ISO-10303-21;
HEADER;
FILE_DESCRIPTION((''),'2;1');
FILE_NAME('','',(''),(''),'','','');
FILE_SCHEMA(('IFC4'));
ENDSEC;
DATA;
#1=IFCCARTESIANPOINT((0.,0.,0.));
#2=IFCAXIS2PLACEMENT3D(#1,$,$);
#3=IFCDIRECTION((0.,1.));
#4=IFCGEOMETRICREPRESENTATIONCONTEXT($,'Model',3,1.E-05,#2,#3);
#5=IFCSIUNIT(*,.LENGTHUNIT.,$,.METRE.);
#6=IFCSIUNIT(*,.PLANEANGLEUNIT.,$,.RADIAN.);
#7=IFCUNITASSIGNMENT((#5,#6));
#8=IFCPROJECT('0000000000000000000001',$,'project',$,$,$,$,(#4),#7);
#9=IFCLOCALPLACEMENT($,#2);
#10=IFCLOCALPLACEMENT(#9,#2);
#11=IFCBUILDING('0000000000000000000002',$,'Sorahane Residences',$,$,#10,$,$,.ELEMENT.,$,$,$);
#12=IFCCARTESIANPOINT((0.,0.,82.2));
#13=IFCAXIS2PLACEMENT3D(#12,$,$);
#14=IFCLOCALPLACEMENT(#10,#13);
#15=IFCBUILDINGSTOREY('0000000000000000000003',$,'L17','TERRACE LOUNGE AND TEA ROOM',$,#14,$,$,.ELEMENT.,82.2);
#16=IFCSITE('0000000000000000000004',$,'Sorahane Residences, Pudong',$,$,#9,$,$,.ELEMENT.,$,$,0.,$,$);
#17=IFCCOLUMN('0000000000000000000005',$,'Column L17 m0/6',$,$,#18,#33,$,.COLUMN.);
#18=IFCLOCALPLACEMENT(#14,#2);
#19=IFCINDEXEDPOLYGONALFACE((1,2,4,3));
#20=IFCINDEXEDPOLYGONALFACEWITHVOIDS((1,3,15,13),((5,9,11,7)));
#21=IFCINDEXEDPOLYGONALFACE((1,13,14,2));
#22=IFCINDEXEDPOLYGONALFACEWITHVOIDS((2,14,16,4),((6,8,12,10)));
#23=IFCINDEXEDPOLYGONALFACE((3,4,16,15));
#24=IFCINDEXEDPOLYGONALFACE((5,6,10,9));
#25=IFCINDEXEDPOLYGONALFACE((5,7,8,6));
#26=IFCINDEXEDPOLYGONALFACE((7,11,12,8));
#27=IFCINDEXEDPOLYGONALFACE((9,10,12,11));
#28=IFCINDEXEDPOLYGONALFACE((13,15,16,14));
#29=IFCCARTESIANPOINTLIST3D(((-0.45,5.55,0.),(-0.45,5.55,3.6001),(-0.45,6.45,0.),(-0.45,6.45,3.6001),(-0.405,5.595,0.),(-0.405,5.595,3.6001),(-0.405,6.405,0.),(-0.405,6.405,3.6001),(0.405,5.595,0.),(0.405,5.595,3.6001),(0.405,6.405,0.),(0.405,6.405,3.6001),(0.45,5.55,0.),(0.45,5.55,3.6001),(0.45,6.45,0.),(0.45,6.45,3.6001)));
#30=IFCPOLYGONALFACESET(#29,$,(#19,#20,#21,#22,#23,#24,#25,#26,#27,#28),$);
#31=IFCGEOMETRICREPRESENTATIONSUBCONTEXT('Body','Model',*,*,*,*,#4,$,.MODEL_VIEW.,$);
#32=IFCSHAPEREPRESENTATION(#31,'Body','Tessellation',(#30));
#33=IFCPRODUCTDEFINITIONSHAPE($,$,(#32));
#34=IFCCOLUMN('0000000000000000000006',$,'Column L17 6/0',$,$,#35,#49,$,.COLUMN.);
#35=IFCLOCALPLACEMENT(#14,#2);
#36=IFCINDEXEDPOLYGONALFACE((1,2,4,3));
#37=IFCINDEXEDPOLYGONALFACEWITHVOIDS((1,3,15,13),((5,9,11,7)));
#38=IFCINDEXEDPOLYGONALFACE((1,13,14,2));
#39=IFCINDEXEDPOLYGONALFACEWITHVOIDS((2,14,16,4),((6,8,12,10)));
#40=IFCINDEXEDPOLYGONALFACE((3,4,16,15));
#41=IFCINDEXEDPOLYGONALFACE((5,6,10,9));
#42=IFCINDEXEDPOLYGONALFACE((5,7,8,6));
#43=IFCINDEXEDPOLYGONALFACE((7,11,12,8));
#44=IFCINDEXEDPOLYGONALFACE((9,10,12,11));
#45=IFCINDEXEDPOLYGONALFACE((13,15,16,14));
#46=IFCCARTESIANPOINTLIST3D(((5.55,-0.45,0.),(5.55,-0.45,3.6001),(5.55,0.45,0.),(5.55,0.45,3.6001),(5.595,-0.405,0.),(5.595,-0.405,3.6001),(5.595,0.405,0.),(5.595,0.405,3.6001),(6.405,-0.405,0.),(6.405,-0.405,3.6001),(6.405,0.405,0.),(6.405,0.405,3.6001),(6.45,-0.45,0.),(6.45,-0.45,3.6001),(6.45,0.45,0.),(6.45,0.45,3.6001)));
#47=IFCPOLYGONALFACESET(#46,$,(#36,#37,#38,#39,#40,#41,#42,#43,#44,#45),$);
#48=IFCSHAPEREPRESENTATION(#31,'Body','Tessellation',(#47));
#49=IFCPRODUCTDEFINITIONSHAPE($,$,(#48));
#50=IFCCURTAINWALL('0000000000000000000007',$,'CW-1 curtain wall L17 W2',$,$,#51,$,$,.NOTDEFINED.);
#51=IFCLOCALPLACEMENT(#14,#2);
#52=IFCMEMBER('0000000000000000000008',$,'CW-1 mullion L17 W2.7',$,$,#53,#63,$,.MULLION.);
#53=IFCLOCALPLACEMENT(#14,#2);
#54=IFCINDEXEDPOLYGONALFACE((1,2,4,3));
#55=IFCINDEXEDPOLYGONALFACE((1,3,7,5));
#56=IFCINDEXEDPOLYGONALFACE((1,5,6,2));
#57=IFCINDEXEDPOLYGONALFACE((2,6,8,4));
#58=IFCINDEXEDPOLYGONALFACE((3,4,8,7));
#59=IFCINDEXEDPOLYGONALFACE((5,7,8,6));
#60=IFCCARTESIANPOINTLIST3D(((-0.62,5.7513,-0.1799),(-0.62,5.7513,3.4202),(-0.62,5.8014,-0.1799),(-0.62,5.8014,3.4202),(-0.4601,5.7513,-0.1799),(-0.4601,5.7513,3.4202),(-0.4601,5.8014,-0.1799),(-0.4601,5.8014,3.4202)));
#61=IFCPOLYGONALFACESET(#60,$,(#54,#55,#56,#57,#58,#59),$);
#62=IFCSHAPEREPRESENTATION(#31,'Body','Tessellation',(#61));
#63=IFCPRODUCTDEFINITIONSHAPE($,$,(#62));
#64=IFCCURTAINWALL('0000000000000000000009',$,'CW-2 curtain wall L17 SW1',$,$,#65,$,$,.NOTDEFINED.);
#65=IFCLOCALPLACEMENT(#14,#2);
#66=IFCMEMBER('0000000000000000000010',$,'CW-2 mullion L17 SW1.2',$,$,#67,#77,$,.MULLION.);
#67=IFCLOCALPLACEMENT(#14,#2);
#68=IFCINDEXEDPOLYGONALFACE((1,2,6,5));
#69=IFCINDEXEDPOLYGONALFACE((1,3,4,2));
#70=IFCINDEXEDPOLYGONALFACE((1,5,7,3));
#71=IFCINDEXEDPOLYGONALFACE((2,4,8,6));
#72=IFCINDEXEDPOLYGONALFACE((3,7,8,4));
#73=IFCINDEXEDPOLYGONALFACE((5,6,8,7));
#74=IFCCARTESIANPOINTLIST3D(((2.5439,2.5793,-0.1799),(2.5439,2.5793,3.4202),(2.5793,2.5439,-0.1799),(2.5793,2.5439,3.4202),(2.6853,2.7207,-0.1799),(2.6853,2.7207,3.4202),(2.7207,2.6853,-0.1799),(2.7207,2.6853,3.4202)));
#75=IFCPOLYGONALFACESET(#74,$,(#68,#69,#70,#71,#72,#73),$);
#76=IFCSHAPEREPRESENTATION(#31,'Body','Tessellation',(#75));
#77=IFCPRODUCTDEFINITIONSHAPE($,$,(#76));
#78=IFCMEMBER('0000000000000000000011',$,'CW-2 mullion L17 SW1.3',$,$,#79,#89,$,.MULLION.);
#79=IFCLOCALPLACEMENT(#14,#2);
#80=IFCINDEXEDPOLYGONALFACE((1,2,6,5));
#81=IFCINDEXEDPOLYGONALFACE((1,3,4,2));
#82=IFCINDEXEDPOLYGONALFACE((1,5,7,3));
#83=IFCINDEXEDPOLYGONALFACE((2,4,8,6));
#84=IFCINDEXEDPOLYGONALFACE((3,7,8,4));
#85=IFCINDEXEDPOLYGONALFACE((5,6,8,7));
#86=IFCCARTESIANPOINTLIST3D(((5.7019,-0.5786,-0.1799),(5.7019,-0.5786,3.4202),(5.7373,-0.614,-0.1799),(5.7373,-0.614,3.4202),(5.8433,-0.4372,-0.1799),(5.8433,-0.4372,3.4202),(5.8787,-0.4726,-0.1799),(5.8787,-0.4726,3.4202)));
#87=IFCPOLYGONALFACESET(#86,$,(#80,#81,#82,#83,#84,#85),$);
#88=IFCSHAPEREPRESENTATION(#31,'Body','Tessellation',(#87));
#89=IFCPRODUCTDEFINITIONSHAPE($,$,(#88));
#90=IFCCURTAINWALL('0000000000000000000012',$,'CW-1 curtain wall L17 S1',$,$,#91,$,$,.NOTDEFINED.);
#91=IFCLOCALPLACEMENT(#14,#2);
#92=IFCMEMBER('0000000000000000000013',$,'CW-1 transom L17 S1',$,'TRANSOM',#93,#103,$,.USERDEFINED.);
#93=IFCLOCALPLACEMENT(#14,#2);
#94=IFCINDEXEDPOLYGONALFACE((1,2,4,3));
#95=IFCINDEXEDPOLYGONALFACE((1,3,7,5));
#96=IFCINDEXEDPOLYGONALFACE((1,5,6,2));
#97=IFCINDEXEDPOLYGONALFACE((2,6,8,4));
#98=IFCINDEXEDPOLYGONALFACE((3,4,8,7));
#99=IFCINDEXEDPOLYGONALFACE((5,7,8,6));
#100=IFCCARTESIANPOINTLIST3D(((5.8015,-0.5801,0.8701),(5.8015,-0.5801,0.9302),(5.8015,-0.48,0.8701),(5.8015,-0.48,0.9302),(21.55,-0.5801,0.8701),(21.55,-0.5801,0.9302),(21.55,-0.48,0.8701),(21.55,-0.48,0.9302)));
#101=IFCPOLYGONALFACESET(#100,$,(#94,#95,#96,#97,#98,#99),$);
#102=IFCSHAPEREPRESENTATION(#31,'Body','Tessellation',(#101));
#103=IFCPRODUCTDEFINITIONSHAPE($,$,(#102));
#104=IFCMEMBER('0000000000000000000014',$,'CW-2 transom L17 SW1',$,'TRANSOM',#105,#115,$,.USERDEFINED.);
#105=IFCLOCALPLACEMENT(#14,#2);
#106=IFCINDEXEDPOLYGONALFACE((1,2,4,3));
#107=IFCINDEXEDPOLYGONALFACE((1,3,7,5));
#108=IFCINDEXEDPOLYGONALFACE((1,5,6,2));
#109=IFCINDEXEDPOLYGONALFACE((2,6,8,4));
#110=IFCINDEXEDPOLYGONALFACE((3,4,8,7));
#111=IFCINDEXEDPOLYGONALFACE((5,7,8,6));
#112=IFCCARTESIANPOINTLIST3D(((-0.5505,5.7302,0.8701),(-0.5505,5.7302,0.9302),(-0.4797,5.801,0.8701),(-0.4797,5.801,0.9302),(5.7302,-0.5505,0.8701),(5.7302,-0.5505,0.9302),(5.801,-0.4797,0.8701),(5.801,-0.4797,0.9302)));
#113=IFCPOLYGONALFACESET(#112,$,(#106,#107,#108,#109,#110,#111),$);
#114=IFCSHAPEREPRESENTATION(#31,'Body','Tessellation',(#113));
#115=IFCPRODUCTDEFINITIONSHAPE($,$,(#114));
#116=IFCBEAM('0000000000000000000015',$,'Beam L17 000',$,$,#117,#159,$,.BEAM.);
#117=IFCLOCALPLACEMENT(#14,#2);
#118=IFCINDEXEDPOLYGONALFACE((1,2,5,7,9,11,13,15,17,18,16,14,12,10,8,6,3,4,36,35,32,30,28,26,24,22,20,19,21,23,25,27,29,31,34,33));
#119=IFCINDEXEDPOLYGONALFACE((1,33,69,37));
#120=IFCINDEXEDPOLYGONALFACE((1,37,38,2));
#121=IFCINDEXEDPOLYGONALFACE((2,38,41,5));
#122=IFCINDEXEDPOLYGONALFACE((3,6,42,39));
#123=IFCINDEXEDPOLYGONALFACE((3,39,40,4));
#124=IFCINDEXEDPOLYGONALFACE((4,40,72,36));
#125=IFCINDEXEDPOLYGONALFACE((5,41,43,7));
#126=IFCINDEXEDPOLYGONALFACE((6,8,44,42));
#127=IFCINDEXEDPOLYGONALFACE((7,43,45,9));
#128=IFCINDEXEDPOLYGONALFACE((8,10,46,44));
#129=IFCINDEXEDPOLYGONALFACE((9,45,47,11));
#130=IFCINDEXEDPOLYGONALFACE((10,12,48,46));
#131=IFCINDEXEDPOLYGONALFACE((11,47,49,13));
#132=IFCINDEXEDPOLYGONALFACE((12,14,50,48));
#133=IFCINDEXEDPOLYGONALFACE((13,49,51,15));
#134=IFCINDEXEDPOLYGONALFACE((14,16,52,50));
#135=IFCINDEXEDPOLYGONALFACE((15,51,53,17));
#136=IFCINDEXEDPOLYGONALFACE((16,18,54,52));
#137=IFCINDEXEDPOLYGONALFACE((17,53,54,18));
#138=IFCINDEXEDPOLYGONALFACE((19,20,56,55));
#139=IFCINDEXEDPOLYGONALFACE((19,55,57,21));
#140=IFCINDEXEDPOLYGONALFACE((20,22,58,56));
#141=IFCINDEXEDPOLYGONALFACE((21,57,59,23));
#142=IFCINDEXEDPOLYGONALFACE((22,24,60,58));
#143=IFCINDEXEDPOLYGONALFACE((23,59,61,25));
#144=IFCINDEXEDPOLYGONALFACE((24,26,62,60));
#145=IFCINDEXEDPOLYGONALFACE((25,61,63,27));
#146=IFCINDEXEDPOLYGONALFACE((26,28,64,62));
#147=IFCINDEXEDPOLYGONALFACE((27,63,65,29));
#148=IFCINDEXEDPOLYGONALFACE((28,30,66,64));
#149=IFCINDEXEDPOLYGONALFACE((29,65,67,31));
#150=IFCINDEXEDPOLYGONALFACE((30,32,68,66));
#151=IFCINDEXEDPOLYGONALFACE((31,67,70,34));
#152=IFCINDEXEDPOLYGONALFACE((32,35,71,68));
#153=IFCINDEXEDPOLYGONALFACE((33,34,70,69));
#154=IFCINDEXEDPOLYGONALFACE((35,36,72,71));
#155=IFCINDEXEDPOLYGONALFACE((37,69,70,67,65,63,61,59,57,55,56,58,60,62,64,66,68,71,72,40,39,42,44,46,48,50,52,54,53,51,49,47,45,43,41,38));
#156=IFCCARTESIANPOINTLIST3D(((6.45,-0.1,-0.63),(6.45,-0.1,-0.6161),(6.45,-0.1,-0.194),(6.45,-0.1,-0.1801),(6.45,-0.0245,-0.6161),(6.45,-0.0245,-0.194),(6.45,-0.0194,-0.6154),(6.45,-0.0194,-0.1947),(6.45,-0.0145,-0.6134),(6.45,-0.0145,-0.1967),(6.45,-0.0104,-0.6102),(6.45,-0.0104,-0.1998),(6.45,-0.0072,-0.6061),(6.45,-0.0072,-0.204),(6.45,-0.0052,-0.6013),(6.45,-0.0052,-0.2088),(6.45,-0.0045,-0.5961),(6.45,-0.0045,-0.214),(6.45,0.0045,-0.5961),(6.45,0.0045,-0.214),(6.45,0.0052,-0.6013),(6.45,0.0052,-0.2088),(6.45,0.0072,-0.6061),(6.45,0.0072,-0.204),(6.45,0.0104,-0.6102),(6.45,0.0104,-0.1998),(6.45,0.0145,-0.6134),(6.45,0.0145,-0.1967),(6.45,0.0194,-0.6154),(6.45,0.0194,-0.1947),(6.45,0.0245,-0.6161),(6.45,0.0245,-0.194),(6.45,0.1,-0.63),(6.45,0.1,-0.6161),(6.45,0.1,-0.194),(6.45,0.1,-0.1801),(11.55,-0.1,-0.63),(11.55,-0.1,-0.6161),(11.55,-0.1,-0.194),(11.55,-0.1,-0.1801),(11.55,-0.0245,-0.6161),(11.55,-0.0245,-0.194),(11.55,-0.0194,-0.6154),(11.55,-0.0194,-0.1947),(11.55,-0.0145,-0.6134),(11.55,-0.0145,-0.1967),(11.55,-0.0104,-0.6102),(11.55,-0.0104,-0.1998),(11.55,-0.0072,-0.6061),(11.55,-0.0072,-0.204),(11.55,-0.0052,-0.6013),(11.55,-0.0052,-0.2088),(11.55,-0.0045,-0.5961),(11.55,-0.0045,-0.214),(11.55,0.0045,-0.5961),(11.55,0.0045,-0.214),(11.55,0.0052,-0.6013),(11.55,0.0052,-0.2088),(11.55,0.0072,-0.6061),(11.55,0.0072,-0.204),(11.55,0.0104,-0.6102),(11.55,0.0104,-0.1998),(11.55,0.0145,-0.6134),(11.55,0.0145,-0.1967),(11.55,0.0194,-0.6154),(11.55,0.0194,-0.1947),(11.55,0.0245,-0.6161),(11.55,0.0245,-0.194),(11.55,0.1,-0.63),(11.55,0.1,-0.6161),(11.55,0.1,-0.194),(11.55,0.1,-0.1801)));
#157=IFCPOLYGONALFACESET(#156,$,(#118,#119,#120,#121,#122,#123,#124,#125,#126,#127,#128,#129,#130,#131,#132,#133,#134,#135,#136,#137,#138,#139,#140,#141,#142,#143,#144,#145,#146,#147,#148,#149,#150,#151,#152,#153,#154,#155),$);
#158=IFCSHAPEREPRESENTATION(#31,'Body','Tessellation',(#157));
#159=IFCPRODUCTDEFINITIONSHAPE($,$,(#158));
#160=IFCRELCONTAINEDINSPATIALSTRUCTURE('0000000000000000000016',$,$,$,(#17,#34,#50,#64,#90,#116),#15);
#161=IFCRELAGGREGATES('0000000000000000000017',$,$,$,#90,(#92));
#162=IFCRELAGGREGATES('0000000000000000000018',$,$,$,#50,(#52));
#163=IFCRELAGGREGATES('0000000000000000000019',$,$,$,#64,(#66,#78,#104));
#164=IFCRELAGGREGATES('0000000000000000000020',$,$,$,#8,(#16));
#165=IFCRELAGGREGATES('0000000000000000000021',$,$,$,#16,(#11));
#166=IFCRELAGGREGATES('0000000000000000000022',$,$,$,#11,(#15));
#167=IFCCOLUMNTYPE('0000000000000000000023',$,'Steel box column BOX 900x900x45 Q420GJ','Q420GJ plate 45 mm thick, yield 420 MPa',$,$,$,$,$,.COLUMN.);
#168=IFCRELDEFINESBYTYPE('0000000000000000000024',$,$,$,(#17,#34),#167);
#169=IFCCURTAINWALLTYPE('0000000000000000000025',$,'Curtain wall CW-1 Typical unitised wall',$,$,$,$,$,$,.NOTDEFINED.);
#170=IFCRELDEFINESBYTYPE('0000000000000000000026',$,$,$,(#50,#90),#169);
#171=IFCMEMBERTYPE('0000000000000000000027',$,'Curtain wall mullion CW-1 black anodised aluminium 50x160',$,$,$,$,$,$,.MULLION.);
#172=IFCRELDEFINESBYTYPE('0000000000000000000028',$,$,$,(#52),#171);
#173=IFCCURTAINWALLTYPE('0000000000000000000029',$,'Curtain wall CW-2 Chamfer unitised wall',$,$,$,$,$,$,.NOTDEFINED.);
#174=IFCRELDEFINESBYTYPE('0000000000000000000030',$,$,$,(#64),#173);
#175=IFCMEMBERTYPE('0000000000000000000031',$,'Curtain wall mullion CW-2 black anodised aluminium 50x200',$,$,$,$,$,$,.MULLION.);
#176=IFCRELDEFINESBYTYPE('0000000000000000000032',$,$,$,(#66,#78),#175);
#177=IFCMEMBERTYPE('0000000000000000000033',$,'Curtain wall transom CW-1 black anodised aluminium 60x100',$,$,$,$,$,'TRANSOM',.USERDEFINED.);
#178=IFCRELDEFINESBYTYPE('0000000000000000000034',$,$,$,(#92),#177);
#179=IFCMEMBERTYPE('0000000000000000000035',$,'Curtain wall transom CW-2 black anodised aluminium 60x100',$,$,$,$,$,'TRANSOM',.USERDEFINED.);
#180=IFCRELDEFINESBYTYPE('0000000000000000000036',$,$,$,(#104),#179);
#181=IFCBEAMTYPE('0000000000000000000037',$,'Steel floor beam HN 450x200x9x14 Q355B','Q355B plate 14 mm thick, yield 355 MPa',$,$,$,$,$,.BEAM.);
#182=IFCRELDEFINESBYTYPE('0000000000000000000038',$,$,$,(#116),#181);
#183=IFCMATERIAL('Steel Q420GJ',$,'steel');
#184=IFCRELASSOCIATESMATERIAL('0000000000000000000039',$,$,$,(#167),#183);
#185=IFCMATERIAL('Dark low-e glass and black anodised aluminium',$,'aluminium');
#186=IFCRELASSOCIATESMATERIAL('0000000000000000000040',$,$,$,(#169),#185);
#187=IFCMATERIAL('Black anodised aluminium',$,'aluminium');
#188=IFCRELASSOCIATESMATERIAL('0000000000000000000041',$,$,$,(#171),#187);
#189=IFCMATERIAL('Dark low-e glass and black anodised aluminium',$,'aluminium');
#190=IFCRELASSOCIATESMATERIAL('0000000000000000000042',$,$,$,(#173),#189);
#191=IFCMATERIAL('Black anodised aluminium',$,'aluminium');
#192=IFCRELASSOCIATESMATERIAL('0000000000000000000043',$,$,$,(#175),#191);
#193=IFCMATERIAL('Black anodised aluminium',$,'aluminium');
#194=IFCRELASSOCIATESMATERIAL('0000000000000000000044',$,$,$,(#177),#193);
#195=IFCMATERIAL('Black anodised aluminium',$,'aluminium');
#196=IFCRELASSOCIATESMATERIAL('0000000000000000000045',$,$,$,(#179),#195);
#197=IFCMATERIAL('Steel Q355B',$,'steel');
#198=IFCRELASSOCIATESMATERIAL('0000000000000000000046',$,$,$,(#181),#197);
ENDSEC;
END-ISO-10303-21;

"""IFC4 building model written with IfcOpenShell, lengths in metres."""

from ifc_helpers import new_model, si_unit, direction, frame, origin, origin_2d, place, context, subcontext, project, spatial, rectangle, hollow_rectangle, i_section, extrude, material, material_profile, profile_set, type_object, element, aggregate, save


model = new_model("IFC4")

# Units and contexts
model_context = context("Model", 3, precision=1e-05, world=origin(), true_north=direction((0.0, 1.0)))
body_context = subcontext(model_context, "Body", "Model", "MODEL_VIEW")
ifc_project = project(units=[si_unit("LENGTHUNIT", "METRE"), si_unit("PLANEANGLEUNIT", "RADIAN")], contexts=[model_context])

# Site, building, storey
site_placement = place(None, origin())
site = spatial("IfcSite", under=ifc_project, at=site_placement, Name="Sorahane Residences, Pudong", CompositionType="ELEMENT", RefElevation=0.0)
building_placement = place(site_placement, origin())
building = spatial("IfcBuilding", under=site, at=building_placement, Name="Sorahane Residences", CompositionType="ELEMENT")
storey_placement = place(building_placement, frame((0.0, 0.0, 82.2)))
storey = spatial("IfcBuildingStorey", under=building, at=storey_placement, Name="L17", Description="TERRACE LOUNGE AND TEA ROOM", CompositionType="ELEMENT", Elevation=82.2)

# Columns
ifc_material_1 = material(Name="Steel Q420GJ", Category="steel")
ifc_material_profile_1 = material_profile(ifc_material_1, hollow_rectangle(XDim=0.8999, YDim=0.8999, WallThickness=0.0449, at=origin_2d()), Name="BOX 900x900x45")
ifc_profile_set_1 = profile_set([ifc_material_profile_1], Name="Steel Q420GJ")
column_type = type_object("IfcColumnType", Name="Steel box column BOX 900x900x45 Q420GJ", Description="Q420GJ plate 45 mm thick, yield 420 MPa", PredefinedType="COLUMN", material=ifc_profile_set_1)
for number, where, z_axis, x_axis, name in (
    (1, (0.0, 6.0, 0.0), (0.0, 0.0, 1.0), (1.0, 0.0, 0.0), "Column L17 m0/6"),
    (2, (6.0, 0.0, 0.0), (0.0, 0.0, 1.0), (1.0, 0.0, 0.0), "Column L17 6/0"),
):
    element("IfcColumn", number, at=place(storey_placement, frame(where, z_axis=z_axis, x_axis=x_axis)), inside=storey, type_object=column_type, Name=name, PredefinedType="COLUMN", context=body_context, shape_type="SweptSolid", body=[
        extrude(hollow_rectangle(XDim=0.8999, YDim=0.8999, WallThickness=0.0449, at=origin_2d()), origin(), (0.0, 0.0, 1.0), 3.6001),
    ])

# Curtain wall, member
ifc_material_2 = material(Name="Dark low-e glass and black anodised aluminium", Category="aluminium")
curtain_wall_type_1 = type_object("IfcCurtainWallType", Name="Curtain wall CW-1 Typical unitised wall", PredefinedType="NOTDEFINED", material=ifc_material_2)
curtain_wall_1_placement = place(storey_placement, origin())
curtain_wall_1 = element("IfcCurtainWall", 3, at=curtain_wall_1_placement, inside=storey, type_object=curtain_wall_type_1, Name="CW-1 curtain wall L17 W2", PredefinedType="NOTDEFINED")
ifc_material_3 = material(Name="Black anodised aluminium", Category="aluminium")
ifc_material_profile_2 = material_profile(ifc_material_3, rectangle(XDim=0.1599, YDim=0.05, at=origin_2d()), Name="Curtain wall mullion CW-1 black anodised aluminium 50x160")
ifc_profile_set_2 = profile_set([ifc_material_profile_2], Name="Black anodised aluminium")
member_type_1 = type_object("IfcMemberType", Name="Curtain wall mullion CW-1 black anodised aluminium 50x160", PredefinedType="MULLION", material=ifc_profile_set_2)
member_1_placement = place(storey_placement, frame((-0.54, 5.7764, -0.1799), z_axis=(0.0, 0.0, 1.0), x_axis=(-1.0, 0.0, 0.0)))
member_1 = element("IfcMember", 4, at=member_1_placement, type_object=member_type_1, Name="CW-1 mullion L17 W2.7", PredefinedType="MULLION", context=body_context, shape_type="SweptSolid", body=[
    extrude(rectangle(XDim=0.1599, YDim=0.05, at=origin_2d()), origin(), (0.0, 0.0, 1.0), 3.6001),
])

# Curtain wall, members
ifc_material_4 = material(Name="Dark low-e glass and black anodised aluminium", Category="aluminium")
curtain_wall_type_2 = type_object("IfcCurtainWallType", Name="Curtain wall CW-2 Chamfer unitised wall", PredefinedType="NOTDEFINED", material=ifc_material_4)
curtain_wall_2_placement = place(storey_placement, origin())
curtain_wall_2 = element("IfcCurtainWall", 5, at=curtain_wall_2_placement, inside=storey, type_object=curtain_wall_type_2, Name="CW-2 curtain wall L17 SW1", PredefinedType="NOTDEFINED")
ifc_material_5 = material(Name="Black anodised aluminium", Category="aluminium")
ifc_material_profile_3 = material_profile(ifc_material_5, rectangle(XDim=0.2, YDim=0.05, at=origin_2d()), Name="Curtain wall mullion CW-2 black anodised aluminium 50x200")
ifc_profile_set_3 = profile_set([ifc_material_profile_3], Name="Black anodised aluminium")
member_type_2 = type_object("IfcMemberType", Name="Curtain wall mullion CW-2 black anodised aluminium 50x200", PredefinedType="MULLION", material=ifc_profile_set_3)
member_2_placement = place(storey_placement, frame((2.6323, 2.6323, -0.1799), z_axis=(0.0, 0.0, 1.0), x_axis=(-0.707107, -0.707107, 0.0)))
member_2 = element("IfcMember", 6, at=member_2_placement, type_object=member_type_2, Name="CW-2 mullion L17 SW1.2", PredefinedType="MULLION", context=body_context, shape_type="SweptSolid", body=[
    extrude(rectangle(XDim=0.2, YDim=0.05, at=origin_2d()), origin(), (0.0, 0.0, 1.0), 3.6001),
])
member_3_placement = place(storey_placement, frame((5.7903, -0.5256, -0.1799), z_axis=(0.0, 0.0, 1.0), x_axis=(-0.707107, -0.707107, 0.0)))
member_3 = element("IfcMember", 7, at=member_3_placement, type_object=member_type_2, Name="CW-2 mullion L17 SW1.3", PredefinedType="MULLION", context=body_context, shape_type="SweptSolid", body=[
    extrude(rectangle(XDim=0.2, YDim=0.05, at=origin_2d()), origin(), (0.0, 0.0, 1.0), 3.6001),
])

# Curtain wall, member
curtain_wall_3_placement = place(storey_placement, origin())
curtain_wall_3 = element("IfcCurtainWall", 8, at=curtain_wall_3_placement, inside=storey, type_object=curtain_wall_type_1, Name="CW-1 curtain wall L17 S1", PredefinedType="NOTDEFINED")
ifc_material_6 = material(Name="Black anodised aluminium", Category="aluminium")
ifc_material_profile_4 = material_profile(ifc_material_6, rectangle(XDim=0.1001, YDim=0.0601, at=origin_2d()), Name="Curtain wall transom CW-1 black anodised aluminium 60x100")
ifc_profile_set_4 = profile_set([ifc_material_profile_4], Name="Black anodised aluminium")
member_type_3 = type_object("IfcMemberType", Name="Curtain wall transom CW-1 black anodised aluminium 60x100", ElementType="TRANSOM", PredefinedType="USERDEFINED", material=ifc_profile_set_4)
member_4_placement = place(storey_placement, frame((5.8015, -0.53, 0.9001), z_axis=(1.0, 0.0, 0.0), x_axis=(0.0, 1.0, 0.0)))
member_4 = element("IfcMember", 9, at=member_4_placement, type_object=member_type_3, Name="CW-1 transom L17 S1", ObjectType="TRANSOM", PredefinedType="USERDEFINED", context=body_context, shape_type="SweptSolid", body=[
    extrude(rectangle(XDim=0.1001, YDim=0.0601, at=origin_2d()), origin(), (0.0, 0.0, 1.0), 15.7485),
])
aggregate(curtain_wall_3, [member_4])

# Member
ifc_material_7 = material(Name="Black anodised aluminium", Category="aluminium")
ifc_material_profile_5 = material_profile(ifc_material_7, rectangle(XDim=0.1001, YDim=0.0601, at=origin_2d()), Name="Curtain wall transom CW-2 black anodised aluminium 60x100")
ifc_profile_set_5 = profile_set([ifc_material_profile_5], Name="Black anodised aluminium")
member_type_4 = type_object("IfcMemberType", Name="Curtain wall transom CW-2 black anodised aluminium 60x100", ElementType="TRANSOM", PredefinedType="USERDEFINED", material=ifc_profile_set_5)
member_5_placement = place(storey_placement, frame((-0.5151, 5.7656, 0.9001), z_axis=(0.707107, -0.707107, 0.0), x_axis=(0.707107, 0.707107, 0.0)))
member_5 = element("IfcMember", 10, at=member_5_placement, type_object=member_type_4, Name="CW-2 transom L17 SW1", ObjectType="TRANSOM", PredefinedType="USERDEFINED", context=body_context, shape_type="SweptSolid", body=[
    extrude(rectangle(XDim=0.1001, YDim=0.0601, at=origin_2d()), origin(), (0.0, 0.0, 1.0), 8.8823),
])

# Beam
ifc_material_8 = material(Name="Steel Q355B", Category="steel")
ifc_material_profile_6 = material_profile(ifc_material_8, i_section(OverallWidth=0.2, OverallDepth=0.45, WebThickness=0.009, FlangeThickness=0.0139, FilletRadius=0.02, at=origin_2d()), Name="HN 450x200x9x14")
ifc_profile_set_6 = profile_set([ifc_material_profile_6], Name="Steel Q355B")
beam_type_1 = type_object("IfcBeamType", Name="Steel floor beam HN 450x200x9x14 Q355B", Description="Q355B plate 14 mm thick, yield 355 MPa", PredefinedType="BEAM", material=ifc_profile_set_6)
for number, where, z_axis, x_axis, name in (
    (11, (6.45, 0.0, -0.405), (1.0, 0.0, 0.0), (0.0, 1.0, 0.0), "Beam L17 000"),
):
    element("IfcBeam", number, at=place(storey_placement, frame(where, z_axis=z_axis, x_axis=x_axis)), inside=storey, type_object=beam_type_1, Name=name, PredefinedType="BEAM", context=body_context, shape_type="SweptSolid", body=[
        extrude(i_section(OverallWidth=0.2, OverallDepth=0.45, WebThickness=0.009, FlangeThickness=0.0139, FilletRadius=0.02, at=origin_2d()), origin(), (0.0, 0.0, 1.0), 5.1001),
    ])

aggregate(curtain_wall_1, [member_1])
aggregate(curtain_wall_2, [member_2, member_3, member_5])

save(model, "model.ifc")
